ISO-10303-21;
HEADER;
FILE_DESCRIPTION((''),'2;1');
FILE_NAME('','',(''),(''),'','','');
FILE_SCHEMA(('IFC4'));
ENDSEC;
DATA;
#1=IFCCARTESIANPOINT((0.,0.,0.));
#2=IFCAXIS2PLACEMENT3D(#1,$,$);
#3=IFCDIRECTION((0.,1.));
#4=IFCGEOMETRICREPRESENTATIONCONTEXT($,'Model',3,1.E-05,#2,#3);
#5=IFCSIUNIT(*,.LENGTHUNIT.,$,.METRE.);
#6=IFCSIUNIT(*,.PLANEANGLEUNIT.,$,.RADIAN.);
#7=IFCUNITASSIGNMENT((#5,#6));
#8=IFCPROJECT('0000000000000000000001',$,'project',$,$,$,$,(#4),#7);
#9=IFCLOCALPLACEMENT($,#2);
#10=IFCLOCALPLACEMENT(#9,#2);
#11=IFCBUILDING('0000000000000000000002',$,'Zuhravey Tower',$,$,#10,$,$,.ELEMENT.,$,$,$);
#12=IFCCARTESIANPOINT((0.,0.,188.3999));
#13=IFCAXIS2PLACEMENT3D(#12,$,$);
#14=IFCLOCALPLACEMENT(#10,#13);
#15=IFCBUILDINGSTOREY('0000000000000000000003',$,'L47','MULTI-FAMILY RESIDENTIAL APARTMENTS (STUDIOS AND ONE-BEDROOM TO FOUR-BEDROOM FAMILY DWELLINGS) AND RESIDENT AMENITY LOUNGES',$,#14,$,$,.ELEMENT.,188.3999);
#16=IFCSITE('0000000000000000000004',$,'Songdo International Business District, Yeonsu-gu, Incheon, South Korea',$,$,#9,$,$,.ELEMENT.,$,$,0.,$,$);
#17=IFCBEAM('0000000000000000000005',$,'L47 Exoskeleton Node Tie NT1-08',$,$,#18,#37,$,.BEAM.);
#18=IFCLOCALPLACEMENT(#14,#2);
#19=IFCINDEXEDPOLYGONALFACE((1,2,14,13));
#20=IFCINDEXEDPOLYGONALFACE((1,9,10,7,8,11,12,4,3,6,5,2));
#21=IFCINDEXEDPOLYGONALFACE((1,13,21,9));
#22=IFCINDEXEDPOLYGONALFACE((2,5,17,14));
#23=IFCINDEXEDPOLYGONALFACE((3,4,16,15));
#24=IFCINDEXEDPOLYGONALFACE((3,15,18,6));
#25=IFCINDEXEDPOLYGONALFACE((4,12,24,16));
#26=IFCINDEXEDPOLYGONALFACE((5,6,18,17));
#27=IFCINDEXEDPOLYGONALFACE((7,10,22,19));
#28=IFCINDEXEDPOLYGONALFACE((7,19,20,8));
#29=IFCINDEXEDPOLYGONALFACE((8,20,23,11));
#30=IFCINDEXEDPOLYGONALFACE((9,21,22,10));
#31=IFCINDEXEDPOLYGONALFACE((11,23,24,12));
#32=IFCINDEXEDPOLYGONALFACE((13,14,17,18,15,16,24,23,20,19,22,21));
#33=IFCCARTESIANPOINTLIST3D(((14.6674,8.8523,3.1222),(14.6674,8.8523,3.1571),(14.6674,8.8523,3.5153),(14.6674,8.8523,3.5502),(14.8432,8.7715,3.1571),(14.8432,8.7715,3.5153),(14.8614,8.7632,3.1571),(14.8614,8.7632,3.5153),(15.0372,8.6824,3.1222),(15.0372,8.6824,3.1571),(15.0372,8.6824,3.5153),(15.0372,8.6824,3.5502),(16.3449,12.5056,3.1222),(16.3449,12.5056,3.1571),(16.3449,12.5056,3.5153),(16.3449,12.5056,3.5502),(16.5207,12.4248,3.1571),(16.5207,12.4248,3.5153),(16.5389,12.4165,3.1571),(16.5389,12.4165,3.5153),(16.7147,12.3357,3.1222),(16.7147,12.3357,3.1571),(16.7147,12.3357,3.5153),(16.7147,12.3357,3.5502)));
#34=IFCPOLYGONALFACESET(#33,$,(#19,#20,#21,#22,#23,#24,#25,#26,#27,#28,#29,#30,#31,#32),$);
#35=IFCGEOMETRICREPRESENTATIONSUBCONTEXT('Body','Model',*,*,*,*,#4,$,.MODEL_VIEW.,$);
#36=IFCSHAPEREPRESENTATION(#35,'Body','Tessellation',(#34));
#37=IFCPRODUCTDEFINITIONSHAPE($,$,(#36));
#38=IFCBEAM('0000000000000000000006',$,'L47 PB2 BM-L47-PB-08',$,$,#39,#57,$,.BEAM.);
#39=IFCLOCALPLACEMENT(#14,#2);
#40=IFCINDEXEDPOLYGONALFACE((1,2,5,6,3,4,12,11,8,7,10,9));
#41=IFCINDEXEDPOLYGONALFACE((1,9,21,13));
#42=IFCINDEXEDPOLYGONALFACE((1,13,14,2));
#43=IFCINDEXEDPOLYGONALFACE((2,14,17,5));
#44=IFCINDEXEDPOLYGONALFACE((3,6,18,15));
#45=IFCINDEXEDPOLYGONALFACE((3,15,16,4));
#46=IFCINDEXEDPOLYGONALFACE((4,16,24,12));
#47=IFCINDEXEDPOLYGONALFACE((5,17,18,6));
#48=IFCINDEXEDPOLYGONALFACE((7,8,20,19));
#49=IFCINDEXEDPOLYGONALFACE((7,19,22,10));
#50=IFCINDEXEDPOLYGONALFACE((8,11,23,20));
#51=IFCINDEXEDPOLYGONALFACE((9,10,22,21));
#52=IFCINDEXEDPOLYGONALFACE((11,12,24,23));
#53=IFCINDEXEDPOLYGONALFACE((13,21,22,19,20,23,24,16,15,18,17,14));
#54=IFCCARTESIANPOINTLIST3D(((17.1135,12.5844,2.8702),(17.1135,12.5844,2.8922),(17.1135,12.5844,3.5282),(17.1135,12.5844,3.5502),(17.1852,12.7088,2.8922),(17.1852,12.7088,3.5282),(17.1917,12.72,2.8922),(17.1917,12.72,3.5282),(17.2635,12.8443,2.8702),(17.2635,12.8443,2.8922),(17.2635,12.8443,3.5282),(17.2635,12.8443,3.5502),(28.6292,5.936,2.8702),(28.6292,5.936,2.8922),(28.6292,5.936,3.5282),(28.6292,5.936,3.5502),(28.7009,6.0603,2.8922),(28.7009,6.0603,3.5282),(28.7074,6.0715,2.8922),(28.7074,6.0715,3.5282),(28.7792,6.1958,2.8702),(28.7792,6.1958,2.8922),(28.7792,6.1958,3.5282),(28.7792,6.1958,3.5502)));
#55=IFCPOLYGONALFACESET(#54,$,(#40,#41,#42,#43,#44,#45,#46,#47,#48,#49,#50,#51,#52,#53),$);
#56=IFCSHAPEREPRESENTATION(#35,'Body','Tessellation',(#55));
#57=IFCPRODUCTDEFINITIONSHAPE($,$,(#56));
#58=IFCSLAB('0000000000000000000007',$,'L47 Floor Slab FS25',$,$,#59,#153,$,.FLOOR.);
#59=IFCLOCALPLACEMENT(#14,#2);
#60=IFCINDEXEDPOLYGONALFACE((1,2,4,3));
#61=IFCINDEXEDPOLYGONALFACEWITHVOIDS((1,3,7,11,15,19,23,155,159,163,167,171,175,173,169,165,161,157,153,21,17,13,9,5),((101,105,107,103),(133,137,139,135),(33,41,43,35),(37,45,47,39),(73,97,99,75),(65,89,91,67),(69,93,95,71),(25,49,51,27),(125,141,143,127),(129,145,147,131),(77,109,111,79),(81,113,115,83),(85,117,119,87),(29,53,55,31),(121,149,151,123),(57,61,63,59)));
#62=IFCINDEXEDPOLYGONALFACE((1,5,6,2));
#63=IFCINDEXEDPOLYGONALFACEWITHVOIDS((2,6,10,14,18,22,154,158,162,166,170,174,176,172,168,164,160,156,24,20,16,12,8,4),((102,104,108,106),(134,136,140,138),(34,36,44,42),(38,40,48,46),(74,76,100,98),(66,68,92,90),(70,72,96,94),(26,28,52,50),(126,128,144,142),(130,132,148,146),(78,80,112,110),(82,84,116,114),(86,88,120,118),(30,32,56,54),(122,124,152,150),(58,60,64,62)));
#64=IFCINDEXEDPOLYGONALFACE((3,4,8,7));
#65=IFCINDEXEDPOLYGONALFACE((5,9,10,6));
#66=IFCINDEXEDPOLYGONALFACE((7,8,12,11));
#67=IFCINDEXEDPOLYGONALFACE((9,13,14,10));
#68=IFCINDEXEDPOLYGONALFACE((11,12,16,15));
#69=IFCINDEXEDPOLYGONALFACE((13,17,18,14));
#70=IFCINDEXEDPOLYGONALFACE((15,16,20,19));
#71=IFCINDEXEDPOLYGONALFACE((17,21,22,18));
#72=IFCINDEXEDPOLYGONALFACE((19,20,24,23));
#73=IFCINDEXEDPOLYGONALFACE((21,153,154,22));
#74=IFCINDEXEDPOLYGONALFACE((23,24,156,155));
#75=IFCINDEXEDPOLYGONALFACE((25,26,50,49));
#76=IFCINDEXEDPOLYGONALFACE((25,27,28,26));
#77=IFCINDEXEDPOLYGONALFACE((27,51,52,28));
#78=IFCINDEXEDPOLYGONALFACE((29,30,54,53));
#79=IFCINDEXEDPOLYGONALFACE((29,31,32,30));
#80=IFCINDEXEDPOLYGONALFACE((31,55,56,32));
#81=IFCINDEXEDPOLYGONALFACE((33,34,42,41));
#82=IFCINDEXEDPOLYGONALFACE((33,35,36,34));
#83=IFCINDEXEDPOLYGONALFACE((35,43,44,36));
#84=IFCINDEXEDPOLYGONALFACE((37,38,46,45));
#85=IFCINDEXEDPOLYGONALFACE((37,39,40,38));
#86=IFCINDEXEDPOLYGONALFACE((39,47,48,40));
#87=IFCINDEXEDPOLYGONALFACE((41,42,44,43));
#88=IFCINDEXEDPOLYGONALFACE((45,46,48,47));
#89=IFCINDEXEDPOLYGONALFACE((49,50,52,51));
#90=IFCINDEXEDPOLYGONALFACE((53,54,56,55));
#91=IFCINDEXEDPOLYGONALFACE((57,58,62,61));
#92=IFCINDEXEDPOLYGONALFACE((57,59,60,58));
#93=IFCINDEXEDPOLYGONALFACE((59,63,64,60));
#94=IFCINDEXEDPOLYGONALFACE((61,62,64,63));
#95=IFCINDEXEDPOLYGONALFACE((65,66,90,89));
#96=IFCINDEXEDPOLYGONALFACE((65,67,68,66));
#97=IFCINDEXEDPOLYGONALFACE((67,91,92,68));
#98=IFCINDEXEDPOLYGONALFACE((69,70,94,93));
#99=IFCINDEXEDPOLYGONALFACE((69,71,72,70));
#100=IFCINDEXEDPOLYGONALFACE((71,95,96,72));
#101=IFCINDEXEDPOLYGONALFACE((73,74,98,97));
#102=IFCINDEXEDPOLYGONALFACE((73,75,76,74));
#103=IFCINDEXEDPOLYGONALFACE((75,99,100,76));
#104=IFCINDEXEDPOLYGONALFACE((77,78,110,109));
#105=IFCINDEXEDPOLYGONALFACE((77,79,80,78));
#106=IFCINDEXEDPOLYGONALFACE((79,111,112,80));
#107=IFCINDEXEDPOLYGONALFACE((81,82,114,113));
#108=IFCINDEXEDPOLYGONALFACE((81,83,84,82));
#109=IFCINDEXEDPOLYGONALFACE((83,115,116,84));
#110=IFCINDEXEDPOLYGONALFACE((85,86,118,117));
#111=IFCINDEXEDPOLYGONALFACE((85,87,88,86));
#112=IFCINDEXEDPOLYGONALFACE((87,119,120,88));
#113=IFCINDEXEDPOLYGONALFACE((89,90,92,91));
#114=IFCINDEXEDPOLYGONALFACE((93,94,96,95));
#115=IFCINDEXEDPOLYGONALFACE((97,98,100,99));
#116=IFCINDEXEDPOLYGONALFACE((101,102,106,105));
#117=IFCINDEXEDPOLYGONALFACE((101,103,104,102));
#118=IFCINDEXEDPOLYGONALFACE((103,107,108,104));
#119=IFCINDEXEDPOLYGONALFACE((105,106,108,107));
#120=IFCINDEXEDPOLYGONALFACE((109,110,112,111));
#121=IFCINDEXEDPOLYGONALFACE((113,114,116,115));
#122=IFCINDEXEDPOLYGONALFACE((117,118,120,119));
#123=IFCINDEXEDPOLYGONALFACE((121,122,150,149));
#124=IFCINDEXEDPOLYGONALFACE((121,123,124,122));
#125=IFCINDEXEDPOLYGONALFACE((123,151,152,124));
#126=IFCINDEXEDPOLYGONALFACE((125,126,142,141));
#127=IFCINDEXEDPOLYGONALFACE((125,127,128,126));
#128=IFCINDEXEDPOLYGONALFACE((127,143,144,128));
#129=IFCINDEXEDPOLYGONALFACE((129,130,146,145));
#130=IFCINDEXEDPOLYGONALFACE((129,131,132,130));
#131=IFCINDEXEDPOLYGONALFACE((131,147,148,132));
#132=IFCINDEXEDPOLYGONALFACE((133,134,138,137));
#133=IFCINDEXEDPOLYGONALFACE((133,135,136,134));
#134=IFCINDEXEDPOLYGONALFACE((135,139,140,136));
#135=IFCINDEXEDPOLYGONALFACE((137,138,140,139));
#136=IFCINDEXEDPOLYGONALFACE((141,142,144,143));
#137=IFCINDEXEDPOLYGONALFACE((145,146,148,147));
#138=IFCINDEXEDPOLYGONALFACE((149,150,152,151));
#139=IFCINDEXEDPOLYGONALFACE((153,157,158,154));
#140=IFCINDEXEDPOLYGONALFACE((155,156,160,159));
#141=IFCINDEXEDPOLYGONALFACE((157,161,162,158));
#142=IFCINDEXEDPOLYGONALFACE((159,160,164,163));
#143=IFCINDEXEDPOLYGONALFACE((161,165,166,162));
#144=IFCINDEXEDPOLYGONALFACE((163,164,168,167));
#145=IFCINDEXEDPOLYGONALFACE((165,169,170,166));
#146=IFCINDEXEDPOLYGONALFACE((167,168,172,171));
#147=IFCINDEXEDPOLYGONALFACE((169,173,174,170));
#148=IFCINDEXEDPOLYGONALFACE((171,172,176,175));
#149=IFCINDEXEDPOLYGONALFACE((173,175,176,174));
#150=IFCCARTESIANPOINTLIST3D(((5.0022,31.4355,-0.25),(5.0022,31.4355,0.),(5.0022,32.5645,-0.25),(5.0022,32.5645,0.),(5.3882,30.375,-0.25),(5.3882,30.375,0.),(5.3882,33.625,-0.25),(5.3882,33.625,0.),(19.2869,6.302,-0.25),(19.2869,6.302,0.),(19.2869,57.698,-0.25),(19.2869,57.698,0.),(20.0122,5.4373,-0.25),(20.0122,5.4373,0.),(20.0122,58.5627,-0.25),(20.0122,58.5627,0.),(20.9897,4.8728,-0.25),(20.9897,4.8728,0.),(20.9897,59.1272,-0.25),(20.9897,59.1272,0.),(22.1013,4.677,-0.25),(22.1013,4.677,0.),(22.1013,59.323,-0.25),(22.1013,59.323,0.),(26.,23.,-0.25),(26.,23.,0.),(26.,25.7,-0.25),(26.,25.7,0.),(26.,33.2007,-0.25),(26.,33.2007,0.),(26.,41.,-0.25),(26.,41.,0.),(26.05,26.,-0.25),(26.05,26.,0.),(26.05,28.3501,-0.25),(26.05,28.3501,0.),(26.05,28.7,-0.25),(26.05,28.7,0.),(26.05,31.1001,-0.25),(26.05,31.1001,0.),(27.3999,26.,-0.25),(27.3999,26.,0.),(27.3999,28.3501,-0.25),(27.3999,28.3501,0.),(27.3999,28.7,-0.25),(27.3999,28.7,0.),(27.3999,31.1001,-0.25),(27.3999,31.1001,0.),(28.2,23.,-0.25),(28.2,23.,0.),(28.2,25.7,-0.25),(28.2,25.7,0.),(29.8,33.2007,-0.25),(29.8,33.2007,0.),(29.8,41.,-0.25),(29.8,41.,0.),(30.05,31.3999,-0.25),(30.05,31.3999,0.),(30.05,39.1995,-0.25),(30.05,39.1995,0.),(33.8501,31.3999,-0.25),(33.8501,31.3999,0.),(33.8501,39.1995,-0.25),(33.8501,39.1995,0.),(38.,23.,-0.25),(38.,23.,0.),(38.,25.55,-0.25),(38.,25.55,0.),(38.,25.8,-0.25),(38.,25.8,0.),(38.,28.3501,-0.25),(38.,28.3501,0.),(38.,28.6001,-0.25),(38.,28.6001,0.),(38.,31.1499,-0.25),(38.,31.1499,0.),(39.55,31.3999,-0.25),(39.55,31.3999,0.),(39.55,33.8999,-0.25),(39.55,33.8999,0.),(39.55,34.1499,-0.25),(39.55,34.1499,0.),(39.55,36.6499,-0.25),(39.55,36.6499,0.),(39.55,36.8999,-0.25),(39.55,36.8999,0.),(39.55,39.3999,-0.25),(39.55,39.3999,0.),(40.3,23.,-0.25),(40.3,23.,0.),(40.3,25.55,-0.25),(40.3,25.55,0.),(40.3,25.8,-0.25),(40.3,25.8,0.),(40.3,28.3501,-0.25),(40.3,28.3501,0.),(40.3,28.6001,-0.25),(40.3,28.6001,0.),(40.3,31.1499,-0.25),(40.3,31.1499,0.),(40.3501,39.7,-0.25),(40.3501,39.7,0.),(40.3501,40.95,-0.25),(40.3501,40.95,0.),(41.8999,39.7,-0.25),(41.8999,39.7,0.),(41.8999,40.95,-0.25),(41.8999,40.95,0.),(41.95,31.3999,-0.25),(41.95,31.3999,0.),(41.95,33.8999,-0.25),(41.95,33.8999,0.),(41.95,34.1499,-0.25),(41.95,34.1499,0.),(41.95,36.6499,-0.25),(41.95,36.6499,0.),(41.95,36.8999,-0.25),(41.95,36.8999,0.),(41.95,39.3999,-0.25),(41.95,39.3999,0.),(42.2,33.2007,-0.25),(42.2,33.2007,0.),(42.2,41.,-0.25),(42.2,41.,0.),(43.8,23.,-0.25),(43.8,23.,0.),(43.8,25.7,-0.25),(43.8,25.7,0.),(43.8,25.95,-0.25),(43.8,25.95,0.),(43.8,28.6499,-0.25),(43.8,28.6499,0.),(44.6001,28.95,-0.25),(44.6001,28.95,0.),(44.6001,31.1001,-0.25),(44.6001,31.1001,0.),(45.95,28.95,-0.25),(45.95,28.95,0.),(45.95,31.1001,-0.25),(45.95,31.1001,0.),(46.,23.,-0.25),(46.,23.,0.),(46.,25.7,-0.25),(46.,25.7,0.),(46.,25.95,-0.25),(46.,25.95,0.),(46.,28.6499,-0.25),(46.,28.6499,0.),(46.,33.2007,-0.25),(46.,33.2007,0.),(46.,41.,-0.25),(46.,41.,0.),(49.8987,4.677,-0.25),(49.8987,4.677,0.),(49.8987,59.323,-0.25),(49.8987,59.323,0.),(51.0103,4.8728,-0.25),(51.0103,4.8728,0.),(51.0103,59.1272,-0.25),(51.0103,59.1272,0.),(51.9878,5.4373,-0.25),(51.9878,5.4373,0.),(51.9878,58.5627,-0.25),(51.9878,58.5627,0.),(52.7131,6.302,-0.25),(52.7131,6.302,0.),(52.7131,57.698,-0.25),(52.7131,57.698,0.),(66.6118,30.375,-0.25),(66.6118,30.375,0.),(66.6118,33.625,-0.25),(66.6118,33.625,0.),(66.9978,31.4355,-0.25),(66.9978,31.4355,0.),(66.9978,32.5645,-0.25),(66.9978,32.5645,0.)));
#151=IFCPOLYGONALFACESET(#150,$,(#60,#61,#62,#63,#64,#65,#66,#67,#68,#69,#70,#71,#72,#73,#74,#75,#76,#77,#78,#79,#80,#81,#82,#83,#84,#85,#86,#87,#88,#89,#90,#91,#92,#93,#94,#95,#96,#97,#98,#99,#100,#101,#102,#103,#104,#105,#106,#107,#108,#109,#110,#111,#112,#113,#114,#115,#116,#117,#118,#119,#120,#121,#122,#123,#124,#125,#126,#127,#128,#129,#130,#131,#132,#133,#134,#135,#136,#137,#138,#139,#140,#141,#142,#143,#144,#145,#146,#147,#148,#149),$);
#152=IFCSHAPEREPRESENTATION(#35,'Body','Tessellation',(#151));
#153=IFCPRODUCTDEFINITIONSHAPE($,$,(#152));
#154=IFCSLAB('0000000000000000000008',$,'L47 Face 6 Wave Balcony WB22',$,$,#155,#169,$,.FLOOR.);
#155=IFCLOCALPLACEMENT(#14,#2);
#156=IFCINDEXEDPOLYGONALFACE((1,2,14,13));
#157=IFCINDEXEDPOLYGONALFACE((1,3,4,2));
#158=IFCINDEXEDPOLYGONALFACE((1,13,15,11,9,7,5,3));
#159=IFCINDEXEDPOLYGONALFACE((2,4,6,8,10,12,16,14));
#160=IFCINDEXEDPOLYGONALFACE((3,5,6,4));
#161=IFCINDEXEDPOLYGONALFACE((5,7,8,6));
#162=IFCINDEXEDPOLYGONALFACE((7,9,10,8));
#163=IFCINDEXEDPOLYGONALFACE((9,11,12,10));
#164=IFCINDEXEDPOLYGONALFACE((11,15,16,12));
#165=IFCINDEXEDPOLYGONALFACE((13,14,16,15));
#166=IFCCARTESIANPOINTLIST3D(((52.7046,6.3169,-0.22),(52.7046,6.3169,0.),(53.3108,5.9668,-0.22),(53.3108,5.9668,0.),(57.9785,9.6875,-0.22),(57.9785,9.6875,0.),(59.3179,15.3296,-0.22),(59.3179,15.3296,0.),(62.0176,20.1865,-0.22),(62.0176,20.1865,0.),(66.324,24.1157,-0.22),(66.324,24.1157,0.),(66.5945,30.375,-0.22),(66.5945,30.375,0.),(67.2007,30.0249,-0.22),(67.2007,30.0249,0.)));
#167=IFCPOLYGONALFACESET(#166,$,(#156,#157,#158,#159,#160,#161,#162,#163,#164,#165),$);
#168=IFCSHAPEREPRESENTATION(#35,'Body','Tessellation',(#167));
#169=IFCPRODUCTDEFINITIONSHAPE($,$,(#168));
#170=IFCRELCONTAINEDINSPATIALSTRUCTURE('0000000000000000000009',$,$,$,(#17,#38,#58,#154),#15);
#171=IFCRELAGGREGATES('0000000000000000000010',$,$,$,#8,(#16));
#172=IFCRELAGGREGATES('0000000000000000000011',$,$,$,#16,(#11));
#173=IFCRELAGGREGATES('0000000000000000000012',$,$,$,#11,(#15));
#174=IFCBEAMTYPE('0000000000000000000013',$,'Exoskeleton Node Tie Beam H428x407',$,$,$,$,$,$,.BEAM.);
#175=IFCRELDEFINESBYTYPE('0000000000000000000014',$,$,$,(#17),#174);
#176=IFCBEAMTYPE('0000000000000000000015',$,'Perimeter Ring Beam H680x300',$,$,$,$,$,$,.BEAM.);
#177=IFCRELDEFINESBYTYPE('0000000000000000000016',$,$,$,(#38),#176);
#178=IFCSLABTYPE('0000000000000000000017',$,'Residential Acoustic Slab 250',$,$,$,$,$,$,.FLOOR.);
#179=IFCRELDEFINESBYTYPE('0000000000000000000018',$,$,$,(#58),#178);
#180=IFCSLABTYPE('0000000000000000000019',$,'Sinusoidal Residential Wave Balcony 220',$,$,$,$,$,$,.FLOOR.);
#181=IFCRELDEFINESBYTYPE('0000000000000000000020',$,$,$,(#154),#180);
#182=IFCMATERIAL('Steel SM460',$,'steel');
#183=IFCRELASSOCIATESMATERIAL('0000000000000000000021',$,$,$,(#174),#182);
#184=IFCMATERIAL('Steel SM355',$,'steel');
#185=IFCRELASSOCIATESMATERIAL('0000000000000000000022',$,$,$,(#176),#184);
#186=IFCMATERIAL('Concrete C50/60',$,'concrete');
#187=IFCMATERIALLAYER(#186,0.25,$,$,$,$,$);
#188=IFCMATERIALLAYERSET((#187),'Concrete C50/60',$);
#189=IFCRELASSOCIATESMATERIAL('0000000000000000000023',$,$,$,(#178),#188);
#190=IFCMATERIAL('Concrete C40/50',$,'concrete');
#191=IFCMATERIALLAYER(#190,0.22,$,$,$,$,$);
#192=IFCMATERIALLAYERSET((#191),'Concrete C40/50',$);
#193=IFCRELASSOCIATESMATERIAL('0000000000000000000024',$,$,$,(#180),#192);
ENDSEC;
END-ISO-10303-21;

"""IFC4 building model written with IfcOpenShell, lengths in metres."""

from ifc_helpers import new_model, si_unit, direction, frame, origin, origin_2d, place, context, subcontext, project, spatial, polyline, i_section, outline, extrude, material, layer, layer_set, material_profile, profile_set, type_object, element, save


model = new_model("IFC4")

# Units and contexts
model_context = context("Model", 3, precision=1e-05, world=origin(), true_north=direction((0.0, 1.0)))
body_context = subcontext(model_context, "Body", "Model", "MODEL_VIEW")
ifc_project = project(units=[si_unit("LENGTHUNIT", "METRE"), si_unit("PLANEANGLEUNIT", "RADIAN")], contexts=[model_context])

# Site, building, storey
site_placement = place(None, origin())
site = spatial("IfcSite", under=ifc_project, at=site_placement, Name="Songdo International Business District, Yeonsu-gu, Incheon, South Korea", CompositionType="ELEMENT", RefElevation=0.0)
building_placement = place(site_placement, origin())
building = spatial("IfcBuilding", under=site, at=building_placement, Name="Zuhravey Tower", CompositionType="ELEMENT")
storey_placement = place(building_placement, frame((0.0, 0.0, 188.3999)))
storey = spatial("IfcBuildingStorey", under=building, at=storey_placement, Name="L47", Description="MULTI-FAMILY RESIDENTIAL APARTMENTS (STUDIOS AND ONE-BEDROOM TO FOUR-BEDROOM FAMILY DWELLINGS) AND RESIDENT AMENITY LOUNGES", CompositionType="ELEMENT", Elevation=188.3999)

# Shared definitions
ifc_material_1 = material(Name="Concrete C50/60", Category="concrete")

# Beams
ifc_material_2 = material(Name="Steel SM460", Category="steel")
ifc_material_profile_1 = material_profile(ifc_material_2, i_section(OverallWidth=0.407, OverallDepth=0.428, WebThickness=0.02, FlangeThickness=0.0349, at=origin_2d()), Name="H-428x407x20x35")
ifc_profile_set_1 = profile_set([ifc_material_profile_1], Name="Steel SM460")
beam_type_1 = type_object("IfcBeamType", Name="Exoskeleton Node Tie Beam H428x407", PredefinedType="BEAM", material=ifc_profile_set_1)
beam_1_placement = place(storey_placement, frame((16.5298, 12.4207, 3.3362), z_axis=(-0.417282, -0.908777, 0.0), x_axis=(0.908777, -0.417282, 0.0)))
element("IfcBeam", 1, at=beam_1_placement, inside=storey, type_object=beam_type_1, Name="L47 Exoskeleton Node Tie NT1-08", PredefinedType="BEAM", context=body_context, shape_type="SweptSolid", body=[
    extrude(i_section(OverallWidth=0.407, OverallDepth=0.428, WebThickness=0.02, FlangeThickness=0.0349, at=origin_2d()), origin(), (0.0, 0.0, 1.0), 4.02),
])
ifc_material_3 = material(Name="Steel SM355", Category="steel")
ifc_material_profile_2 = material_profile(ifc_material_3, i_section(OverallWidth=0.3, OverallDepth=0.6799, WebThickness=0.0129, FlangeThickness=0.022, at=origin_2d()), Name="H-680x300x13x22")
ifc_profile_set_2 = profile_set([ifc_material_profile_2], Name="Steel SM355")
beam_type_2 = type_object("IfcBeamType", Name="Perimeter Ring Beam H680x300", PredefinedType="BEAM", material=ifc_profile_set_2)
beam_2_placement = place(storey_placement, frame((17.1885, 12.7144, 3.2102), z_axis=(0.866029, -0.499994, 0.0), x_axis=(0.499994, 0.866029, 0.0)))
element("IfcBeam", 2, at=beam_2_placement, inside=storey, type_object=beam_type_2, Name="L47 PB2 BM-L47-PB-08", PredefinedType="BEAM", context=body_context, shape_type="SweptSolid", body=[
    extrude(i_section(OverallWidth=0.3, OverallDepth=0.6799, WebThickness=0.0129, FlangeThickness=0.022, at=origin_2d()), origin(), (0.0, 0.0, 1.0), 13.2971),
])

# Slabs
ifc_layer_1 = layer(ifc_material_1, 0.25)
ifc_layer_set_1 = layer_set([ifc_layer_1], Name="Concrete C50/60")
slab_type_1 = type_object("IfcSlabType", Name="Residential Acoustic Slab 250", PredefinedType="FLOOR", material=ifc_layer_set_1)
slab_1_placement = place(storey_placement, frame((0.0, 0.0, -0.25)))
element("IfcSlab", 3, at=slab_1_placement, inside=storey, type_object=slab_type_1, Name="L47 Floor Slab FS25", PredefinedType="FLOOR", context=body_context, shape_type="SweptSolid", body=[
    extrude(outline(polyline([(66.6118, 30.375), (66.9978, 31.4355), (66.9978, 32.5645), (66.6118, 33.625), (52.7131, 57.698), (51.9878, 58.5627), (51.0103, 59.1272), (49.8987, 59.323), (22.1013, 59.323), (20.9897, 59.1272), (20.0122, 58.5627), (19.2869, 57.698), (5.3882, 33.625), (5.0022, 32.5645), (5.0022, 31.4355), (5.3882, 30.375), (19.2869, 6.302), (20.0122, 5.4373), (20.9897, 4.8728), (22.1013, 4.677), (49.8987, 4.677), (51.0103, 4.8728), (51.9878, 5.4373), (52.7131, 6.302), (66.6118, 30.375)]), holes=[polyline([(29.8, 33.2007), (29.8, 41.0), (26.0, 41.0), (26.0, 33.2007), (29.8, 33.2007)]), polyline([(46.0, 33.2007), (46.0, 41.0), (42.2, 41.0), (42.2, 33.2007), (46.0, 33.2007)]), polyline([(30.05, 39.1995), (30.05, 31.3999), (33.8501, 31.3999), (33.8501, 39.1995), (30.05, 39.1995)]), polyline([(38.0, 23.0), (40.3, 23.0), (40.3, 25.55), (38.0, 25.55), (38.0, 23.0)]), polyline([(38.0, 25.8), (40.3, 25.8), (40.3, 28.3501), (38.0, 28.3501), (38.0, 25.8)]), polyline([(38.0, 28.6001), (40.3, 28.6001), (40.3, 31.1499), (38.0, 31.1499), (38.0, 28.6001)]), polyline([(39.55, 31.3999), (41.95, 31.3999), (41.95, 33.8999), (39.55, 33.8999), (39.55, 31.3999)]), polyline([(39.55, 34.1499), (41.95, 34.1499), (41.95, 36.6499), (39.55, 36.6499), (39.55, 34.1499)]), polyline([(39.55, 36.8999), (41.95, 36.8999), (41.95, 39.3999), (39.55, 39.3999), (39.55, 36.8999)]), polyline([(26.0, 23.0), (28.2, 23.0), (28.2, 25.7), (26.0, 25.7), (26.0, 23.0)]), polyline([(43.8, 23.0), (46.0, 23.0), (46.0, 25.7), (43.8, 25.7), (43.8, 23.0)]), polyline([(43.8, 25.95), (46.0, 25.95), (46.0, 28.6499), (43.8, 28.6499), (43.8, 25.95)]), polyline([(26.05, 26.0), (27.3999, 26.0), (27.3999, 28.3501), (26.05, 28.3501), (26.05, 26.0)]), polyline([(26.05, 28.7), (27.3999, 28.7), (27.3999, 31.1001), (26.05, 31.1001), (26.05, 28.7)]), polyline([(44.6001, 28.95), (45.95, 28.95), (45.95, 31.1001), (44.6001, 31.1001), (44.6001, 28.95)]), polyline([(40.3501, 39.7), (41.8999, 39.7), (41.8999, 40.95), (40.3501, 40.95), (40.3501, 39.7)])]), origin(), (0.0, 0.0, 1.0), 0.25),
])
ifc_material_4 = material(Name="Concrete C40/50", Category="concrete")
ifc_layer_2 = layer(ifc_material_4, 0.22)
ifc_layer_set_2 = layer_set([ifc_layer_2], Name="Concrete C40/50")
slab_type_2 = type_object("IfcSlabType", Name="Sinusoidal Residential Wave Balcony 220", PredefinedType="FLOOR", material=ifc_layer_set_2)
slab_2_placement = place(storey_placement, frame((0.0, 0.0, -0.22)))
element("IfcSlab", 4, at=slab_2_placement, inside=storey, type_object=slab_type_2, Name="L47 Face 6 Wave Balcony WB22", PredefinedType="FLOOR", context=body_context, shape_type="SweptSolid", body=[
    extrude(outline(polyline([(52.7046, 6.3169), (66.5945, 30.375), (67.2007, 30.0249), (66.324, 24.1157), (62.0176, 20.1865), (59.3179, 15.3296), (57.9785, 9.6875), (53.3108, 5.9668), (52.7046, 6.3169)])), origin(), (0.0, 0.0, 1.0), 0.22),
])

save(model, "model.ifc")
